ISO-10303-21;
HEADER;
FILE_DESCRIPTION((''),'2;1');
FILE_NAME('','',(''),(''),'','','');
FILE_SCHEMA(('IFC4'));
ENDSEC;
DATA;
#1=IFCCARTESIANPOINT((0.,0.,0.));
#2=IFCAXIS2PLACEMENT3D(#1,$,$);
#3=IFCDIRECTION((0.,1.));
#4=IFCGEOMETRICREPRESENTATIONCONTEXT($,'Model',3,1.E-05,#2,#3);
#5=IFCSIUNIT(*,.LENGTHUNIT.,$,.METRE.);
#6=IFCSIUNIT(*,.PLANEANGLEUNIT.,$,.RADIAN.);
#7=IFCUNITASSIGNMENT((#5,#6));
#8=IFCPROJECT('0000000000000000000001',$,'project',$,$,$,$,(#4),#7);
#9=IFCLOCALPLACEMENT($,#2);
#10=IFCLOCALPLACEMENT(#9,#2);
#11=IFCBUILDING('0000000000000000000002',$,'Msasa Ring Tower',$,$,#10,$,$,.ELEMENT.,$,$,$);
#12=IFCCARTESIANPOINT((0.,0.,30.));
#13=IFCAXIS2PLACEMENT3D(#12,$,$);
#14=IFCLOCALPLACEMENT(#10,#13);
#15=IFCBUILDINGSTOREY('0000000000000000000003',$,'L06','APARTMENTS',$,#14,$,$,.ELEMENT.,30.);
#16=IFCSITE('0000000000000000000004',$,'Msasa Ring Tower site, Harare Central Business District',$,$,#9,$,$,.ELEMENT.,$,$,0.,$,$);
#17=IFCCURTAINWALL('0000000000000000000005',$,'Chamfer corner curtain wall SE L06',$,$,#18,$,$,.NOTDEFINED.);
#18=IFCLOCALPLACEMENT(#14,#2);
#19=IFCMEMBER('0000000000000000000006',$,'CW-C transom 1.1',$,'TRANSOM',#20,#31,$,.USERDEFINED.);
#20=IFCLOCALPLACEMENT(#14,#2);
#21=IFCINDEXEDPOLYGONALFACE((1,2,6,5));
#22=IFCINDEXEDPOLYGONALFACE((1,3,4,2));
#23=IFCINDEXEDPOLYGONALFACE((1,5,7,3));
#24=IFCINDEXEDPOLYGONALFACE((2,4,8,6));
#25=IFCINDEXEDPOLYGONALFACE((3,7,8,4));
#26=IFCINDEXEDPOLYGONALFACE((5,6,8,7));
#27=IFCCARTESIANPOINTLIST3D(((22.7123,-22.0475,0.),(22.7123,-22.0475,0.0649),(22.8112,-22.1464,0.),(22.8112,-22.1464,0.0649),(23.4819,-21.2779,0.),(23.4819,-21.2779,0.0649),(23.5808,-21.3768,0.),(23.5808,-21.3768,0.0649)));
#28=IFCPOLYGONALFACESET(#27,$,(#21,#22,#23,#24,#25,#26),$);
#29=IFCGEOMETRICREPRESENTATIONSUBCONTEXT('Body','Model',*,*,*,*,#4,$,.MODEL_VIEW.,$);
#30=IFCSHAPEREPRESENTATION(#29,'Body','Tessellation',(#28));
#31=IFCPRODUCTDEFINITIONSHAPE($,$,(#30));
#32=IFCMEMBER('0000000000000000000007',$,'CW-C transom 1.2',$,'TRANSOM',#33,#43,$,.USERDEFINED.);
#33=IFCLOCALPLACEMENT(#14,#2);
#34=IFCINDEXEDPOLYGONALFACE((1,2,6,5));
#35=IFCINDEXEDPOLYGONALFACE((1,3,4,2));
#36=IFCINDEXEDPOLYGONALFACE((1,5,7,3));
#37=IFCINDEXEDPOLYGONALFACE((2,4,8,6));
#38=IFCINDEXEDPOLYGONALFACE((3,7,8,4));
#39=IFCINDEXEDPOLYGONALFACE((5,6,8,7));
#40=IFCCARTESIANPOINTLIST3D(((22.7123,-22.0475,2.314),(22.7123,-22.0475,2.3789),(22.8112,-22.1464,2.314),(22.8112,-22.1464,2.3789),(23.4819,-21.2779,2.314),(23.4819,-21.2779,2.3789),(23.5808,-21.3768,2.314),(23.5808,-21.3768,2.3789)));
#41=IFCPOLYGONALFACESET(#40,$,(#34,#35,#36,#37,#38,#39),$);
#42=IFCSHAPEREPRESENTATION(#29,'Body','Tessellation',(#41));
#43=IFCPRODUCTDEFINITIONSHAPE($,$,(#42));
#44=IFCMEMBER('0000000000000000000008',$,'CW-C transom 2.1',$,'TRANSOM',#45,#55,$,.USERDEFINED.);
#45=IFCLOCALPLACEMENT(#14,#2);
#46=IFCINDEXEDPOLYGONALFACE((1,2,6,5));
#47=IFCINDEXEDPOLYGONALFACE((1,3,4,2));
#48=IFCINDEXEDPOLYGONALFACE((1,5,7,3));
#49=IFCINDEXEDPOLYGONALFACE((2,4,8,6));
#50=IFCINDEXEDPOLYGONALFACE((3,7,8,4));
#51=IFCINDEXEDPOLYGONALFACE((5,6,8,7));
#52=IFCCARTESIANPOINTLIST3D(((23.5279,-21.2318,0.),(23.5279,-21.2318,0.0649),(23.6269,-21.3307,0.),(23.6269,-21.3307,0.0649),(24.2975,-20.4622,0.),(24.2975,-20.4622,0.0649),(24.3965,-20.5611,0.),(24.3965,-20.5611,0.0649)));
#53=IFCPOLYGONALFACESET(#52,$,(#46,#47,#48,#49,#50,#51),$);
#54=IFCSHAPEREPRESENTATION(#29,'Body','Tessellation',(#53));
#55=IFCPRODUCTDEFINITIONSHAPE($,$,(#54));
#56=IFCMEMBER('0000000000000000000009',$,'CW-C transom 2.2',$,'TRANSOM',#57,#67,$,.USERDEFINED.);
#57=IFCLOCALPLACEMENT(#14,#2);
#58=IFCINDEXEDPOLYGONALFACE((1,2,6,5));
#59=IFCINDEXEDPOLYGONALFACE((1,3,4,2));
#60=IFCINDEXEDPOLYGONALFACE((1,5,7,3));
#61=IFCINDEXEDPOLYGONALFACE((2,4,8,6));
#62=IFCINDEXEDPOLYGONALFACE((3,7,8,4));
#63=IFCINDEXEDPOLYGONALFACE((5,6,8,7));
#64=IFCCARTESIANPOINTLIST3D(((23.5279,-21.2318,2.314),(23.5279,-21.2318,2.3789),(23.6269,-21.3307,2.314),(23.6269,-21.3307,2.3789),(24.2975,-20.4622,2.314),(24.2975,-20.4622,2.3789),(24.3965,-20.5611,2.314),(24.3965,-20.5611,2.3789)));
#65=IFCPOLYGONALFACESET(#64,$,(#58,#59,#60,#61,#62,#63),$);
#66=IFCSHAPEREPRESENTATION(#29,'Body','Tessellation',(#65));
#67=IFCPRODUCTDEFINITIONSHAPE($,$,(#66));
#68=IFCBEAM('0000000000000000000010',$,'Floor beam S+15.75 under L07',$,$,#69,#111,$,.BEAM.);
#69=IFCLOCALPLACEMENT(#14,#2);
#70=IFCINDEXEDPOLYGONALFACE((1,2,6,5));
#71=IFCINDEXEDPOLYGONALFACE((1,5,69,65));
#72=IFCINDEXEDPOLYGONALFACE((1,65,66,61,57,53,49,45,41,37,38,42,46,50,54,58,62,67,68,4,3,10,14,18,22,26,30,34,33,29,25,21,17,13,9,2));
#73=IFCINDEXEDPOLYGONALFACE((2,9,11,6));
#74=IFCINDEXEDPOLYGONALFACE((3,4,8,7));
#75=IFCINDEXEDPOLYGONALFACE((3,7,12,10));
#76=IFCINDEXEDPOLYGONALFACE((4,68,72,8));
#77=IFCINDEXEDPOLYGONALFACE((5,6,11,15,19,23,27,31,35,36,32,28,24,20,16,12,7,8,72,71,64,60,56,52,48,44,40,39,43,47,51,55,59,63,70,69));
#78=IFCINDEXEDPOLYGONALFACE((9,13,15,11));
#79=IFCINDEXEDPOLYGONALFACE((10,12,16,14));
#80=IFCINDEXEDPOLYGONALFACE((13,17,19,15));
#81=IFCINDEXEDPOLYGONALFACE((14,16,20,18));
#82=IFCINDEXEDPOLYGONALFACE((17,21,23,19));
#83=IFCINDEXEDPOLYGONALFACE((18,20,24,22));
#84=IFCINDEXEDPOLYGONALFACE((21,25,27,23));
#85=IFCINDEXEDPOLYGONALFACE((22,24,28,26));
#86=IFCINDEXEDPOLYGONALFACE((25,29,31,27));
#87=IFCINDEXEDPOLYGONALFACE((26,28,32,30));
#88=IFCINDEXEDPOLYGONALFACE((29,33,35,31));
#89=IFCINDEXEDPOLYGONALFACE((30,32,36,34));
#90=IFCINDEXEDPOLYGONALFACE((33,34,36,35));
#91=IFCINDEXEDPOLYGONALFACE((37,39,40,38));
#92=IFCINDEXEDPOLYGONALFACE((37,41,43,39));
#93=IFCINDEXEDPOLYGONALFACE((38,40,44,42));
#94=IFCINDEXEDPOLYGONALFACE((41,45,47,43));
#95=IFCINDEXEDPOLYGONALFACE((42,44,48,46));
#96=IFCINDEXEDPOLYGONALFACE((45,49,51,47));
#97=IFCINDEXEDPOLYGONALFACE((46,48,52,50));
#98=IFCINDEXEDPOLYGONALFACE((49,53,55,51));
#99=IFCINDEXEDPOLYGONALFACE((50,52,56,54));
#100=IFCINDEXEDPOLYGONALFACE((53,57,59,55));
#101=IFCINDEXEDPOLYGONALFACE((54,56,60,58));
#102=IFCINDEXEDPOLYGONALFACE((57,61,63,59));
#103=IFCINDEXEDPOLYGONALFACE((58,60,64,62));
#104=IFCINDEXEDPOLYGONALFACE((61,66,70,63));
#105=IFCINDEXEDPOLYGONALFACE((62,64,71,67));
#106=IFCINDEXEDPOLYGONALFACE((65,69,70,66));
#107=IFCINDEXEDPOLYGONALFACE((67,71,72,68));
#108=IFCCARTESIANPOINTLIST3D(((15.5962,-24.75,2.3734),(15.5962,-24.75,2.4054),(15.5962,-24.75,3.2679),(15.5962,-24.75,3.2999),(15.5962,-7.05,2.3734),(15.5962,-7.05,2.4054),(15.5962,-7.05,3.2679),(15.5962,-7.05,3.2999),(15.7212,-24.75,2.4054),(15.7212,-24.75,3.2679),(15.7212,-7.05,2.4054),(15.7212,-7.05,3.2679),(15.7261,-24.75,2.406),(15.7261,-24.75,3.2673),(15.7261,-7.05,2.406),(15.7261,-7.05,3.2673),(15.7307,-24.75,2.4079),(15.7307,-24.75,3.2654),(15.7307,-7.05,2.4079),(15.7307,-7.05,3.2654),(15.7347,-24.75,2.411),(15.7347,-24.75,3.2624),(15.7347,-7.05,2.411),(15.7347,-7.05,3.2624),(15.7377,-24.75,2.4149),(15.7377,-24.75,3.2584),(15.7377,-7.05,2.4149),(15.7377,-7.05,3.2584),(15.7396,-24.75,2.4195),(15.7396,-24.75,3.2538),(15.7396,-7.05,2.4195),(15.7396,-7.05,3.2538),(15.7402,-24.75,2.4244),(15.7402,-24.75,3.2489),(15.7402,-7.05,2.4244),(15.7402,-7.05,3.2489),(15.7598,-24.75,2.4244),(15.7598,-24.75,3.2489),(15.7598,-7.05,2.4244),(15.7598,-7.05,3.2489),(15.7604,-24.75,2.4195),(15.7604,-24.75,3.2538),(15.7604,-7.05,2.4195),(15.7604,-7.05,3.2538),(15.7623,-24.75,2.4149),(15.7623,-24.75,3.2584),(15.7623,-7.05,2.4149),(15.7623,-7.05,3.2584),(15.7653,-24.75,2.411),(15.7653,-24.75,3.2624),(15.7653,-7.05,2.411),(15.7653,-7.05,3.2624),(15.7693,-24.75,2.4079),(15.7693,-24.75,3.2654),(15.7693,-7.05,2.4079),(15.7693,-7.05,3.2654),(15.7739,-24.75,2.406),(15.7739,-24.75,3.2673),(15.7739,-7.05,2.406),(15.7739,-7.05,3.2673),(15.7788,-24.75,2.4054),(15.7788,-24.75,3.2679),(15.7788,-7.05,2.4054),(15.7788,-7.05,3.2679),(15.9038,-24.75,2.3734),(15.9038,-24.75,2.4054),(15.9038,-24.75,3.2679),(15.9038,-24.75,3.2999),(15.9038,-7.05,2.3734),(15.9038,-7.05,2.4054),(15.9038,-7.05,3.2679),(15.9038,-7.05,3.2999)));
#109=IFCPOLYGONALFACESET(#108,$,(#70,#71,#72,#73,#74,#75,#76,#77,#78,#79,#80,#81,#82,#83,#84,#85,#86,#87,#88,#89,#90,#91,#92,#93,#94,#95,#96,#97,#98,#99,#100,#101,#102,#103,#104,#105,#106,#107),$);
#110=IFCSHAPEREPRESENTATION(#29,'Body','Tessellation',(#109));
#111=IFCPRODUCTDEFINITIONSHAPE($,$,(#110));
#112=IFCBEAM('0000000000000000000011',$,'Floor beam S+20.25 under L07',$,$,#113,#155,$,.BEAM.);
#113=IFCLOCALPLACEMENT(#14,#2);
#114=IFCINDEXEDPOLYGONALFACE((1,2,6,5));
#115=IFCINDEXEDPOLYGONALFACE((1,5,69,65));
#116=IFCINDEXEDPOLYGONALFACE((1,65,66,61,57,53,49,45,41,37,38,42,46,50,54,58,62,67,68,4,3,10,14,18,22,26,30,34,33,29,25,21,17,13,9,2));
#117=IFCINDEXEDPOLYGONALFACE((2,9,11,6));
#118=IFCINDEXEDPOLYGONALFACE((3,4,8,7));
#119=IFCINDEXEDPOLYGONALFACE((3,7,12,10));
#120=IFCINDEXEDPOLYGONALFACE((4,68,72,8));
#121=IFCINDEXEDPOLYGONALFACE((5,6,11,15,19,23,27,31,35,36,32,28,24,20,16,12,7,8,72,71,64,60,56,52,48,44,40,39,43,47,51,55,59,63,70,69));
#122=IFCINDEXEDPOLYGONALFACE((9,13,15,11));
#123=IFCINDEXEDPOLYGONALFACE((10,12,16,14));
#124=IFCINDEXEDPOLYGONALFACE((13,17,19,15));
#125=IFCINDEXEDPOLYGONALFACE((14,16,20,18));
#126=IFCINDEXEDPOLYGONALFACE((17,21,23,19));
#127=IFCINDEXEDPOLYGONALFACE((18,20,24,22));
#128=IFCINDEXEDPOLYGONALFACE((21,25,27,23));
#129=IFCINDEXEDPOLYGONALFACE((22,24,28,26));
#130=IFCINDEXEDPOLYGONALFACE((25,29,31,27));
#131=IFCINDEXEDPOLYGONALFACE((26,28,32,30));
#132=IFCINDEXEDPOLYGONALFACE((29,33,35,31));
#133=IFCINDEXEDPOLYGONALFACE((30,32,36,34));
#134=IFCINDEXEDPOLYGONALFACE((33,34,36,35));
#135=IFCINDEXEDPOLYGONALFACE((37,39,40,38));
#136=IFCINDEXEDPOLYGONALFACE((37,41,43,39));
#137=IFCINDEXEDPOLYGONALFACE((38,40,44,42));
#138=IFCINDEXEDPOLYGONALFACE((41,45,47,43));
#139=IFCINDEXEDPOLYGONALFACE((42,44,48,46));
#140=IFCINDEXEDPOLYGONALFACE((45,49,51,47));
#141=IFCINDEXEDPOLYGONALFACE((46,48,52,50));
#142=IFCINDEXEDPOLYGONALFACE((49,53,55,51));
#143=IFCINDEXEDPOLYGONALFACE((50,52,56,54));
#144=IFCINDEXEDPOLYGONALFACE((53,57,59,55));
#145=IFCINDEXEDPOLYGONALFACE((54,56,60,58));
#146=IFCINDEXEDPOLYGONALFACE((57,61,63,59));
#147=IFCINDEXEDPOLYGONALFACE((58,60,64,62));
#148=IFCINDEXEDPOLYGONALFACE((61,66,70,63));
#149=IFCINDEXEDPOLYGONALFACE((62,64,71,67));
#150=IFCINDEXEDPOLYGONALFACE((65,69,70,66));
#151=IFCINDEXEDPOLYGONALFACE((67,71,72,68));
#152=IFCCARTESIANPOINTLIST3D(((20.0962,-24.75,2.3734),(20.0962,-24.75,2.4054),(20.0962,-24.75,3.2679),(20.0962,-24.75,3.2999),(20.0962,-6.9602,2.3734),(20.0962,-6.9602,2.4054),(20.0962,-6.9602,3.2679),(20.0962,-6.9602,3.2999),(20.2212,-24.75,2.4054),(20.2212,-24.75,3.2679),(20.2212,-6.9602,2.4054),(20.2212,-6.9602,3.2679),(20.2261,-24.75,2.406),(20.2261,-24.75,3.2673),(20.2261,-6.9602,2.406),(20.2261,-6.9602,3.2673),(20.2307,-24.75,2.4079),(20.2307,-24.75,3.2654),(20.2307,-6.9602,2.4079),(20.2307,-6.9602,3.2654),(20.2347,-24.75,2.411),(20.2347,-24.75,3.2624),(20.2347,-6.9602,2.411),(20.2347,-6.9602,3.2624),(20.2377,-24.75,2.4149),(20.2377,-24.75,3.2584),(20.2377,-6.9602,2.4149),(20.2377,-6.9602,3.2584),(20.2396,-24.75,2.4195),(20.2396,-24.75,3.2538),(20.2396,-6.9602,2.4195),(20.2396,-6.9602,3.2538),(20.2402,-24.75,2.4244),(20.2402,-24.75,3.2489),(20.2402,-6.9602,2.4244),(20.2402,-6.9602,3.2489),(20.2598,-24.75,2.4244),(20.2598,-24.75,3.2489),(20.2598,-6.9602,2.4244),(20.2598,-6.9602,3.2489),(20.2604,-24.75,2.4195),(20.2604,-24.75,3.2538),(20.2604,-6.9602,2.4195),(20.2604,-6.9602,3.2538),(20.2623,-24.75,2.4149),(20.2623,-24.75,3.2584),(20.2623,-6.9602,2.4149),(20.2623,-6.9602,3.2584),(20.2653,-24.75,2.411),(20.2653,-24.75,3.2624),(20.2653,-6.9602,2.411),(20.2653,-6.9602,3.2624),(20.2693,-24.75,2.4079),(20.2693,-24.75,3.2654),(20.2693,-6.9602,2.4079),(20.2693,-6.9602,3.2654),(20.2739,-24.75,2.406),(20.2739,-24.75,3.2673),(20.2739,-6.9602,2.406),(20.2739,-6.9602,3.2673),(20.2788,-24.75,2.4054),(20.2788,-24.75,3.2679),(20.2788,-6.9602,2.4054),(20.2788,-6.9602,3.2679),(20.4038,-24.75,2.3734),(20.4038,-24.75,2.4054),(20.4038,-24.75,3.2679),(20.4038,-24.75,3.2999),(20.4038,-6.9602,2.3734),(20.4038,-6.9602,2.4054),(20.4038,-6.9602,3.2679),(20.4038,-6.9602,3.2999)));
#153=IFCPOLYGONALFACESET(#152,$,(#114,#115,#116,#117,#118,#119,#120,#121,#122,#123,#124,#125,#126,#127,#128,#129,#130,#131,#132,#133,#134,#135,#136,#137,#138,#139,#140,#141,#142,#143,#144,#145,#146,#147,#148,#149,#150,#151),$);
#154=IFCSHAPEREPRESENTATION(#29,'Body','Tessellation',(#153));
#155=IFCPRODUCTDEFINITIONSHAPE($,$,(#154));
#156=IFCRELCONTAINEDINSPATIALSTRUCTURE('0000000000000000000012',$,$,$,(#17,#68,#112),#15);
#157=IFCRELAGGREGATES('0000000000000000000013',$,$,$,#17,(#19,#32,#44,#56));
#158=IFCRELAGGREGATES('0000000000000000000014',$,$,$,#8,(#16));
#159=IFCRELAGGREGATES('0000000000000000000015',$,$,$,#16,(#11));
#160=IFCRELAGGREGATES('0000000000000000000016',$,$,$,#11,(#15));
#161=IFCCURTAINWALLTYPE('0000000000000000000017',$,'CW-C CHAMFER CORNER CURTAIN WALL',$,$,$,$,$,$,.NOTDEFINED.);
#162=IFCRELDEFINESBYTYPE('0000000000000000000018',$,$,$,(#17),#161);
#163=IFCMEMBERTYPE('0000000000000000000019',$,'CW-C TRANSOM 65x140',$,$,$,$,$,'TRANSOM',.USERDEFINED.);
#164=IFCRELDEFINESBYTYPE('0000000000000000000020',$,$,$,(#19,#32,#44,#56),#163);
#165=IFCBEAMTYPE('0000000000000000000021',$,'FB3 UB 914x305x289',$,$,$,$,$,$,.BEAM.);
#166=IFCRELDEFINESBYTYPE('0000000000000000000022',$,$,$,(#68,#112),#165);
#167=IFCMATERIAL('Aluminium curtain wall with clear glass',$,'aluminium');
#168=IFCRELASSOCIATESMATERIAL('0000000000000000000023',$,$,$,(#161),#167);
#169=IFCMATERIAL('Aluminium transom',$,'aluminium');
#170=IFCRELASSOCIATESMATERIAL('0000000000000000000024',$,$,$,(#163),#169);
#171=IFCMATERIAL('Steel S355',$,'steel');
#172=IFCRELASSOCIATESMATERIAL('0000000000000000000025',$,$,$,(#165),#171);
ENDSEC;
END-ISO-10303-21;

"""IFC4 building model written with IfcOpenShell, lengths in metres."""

from ifc_helpers import new_model, si_unit, direction, frame, origin, origin_2d, place, context, subcontext, project, spatial, rectangle, i_section, extrude, material, material_profile, profile_set, type_object, element, aggregate, save


model = new_model("IFC4")

# Units and contexts
model_context = context("Model", 3, precision=1e-05, world=origin(), true_north=direction((0.0, 1.0)))
body_context = subcontext(model_context, "Body", "Model", "MODEL_VIEW")
ifc_project = project(units=[si_unit("LENGTHUNIT", "METRE"), si_unit("PLANEANGLEUNIT", "RADIAN")], contexts=[model_context])

# Site, building, storey
site_placement = place(None, origin())
site = spatial("IfcSite", under=ifc_project, at=site_placement, Name="Msasa Ring Tower site, Harare Central Business District", CompositionType="ELEMENT", RefElevation=0.0)
building_placement = place(site_placement, origin())
building = spatial("IfcBuilding", under=site, at=building_placement, Name="Msasa Ring Tower", CompositionType="ELEMENT")
storey_placement = place(building_placement, frame((0.0, 0.0, 30.0)))
storey = spatial("IfcBuildingStorey", under=building, at=storey_placement, Name="L06", Description="APARTMENTS", CompositionType="ELEMENT", Elevation=30.0)

# Curtain wall
ifc_material_1 = material(Name="Aluminium curtain wall with clear glass", Category="aluminium")
curtain_wall_type = type_object("IfcCurtainWallType", Name="CW-C CHAMFER CORNER CURTAIN WALL", PredefinedType="NOTDEFINED", material=ifc_material_1)
curtain_wall_1_placement = place(storey_placement, origin())
curtain_wall_1 = element("IfcCurtainWall", 1, at=curtain_wall_1_placement, inside=storey, type_object=curtain_wall_type, Name="Chamfer corner curtain wall SE L06", PredefinedType="NOTDEFINED")

# Members
ifc_material_2 = material(Name="Aluminium transom", Category="aluminium")
ifc_material_profile_1 = material_profile(ifc_material_2, rectangle(XDim=0.1399, YDim=0.0649, at=origin_2d()), Name="AL 65x140")
ifc_profile_set_1 = profile_set([ifc_material_profile_1], Name="Aluminium transom")
member_type_1 = type_object("IfcMemberType", Name="CW-C TRANSOM 65x140", ElementType="TRANSOM", PredefinedType="USERDEFINED", material=ifc_profile_set_1)
member_1_placement = place(storey_placement, frame((22.7617, -22.0969, 0.0325), z_axis=(0.707107, 0.707107, 0.0), x_axis=(-0.707107, 0.707107, 0.0)))
member_1 = element("IfcMember", 2, at=member_1_placement, type_object=member_type_1, Name="CW-C transom 1.1", ObjectType="TRANSOM", PredefinedType="USERDEFINED", context=body_context, shape_type="SweptSolid", body=[
    extrude(rectangle(XDim=0.1399, YDim=0.0649, at=origin_2d()), origin(), (0.0, 0.0, 1.0), 1.0884),
])
member_2_placement = place(storey_placement, frame((22.7617, -22.0969, 2.3464), z_axis=(0.707107, 0.707107, 0.0), x_axis=(-0.707107, 0.707107, 0.0)))
member_2 = element("IfcMember", 3, at=member_2_placement, type_object=member_type_1, Name="CW-C transom 1.2", ObjectType="TRANSOM", PredefinedType="USERDEFINED", context=body_context, shape_type="SweptSolid", body=[
    extrude(rectangle(XDim=0.1399, YDim=0.0649, at=origin_2d()), origin(), (0.0, 0.0, 1.0), 1.0884),
])
member_3_placement = place(storey_placement, frame((23.5774, -21.2812, 0.0325), z_axis=(0.707107, 0.707107, 0.0), x_axis=(-0.707107, 0.707107, 0.0)))
member_3 = element("IfcMember", 4, at=member_3_placement, type_object=member_type_1, Name="CW-C transom 2.1", ObjectType="TRANSOM", PredefinedType="USERDEFINED", context=body_context, shape_type="SweptSolid", body=[
    extrude(rectangle(XDim=0.1399, YDim=0.0649, at=origin_2d()), origin(), (0.0, 0.0, 1.0), 1.0884),
])
member_4_placement = place(storey_placement, frame((23.5774, -21.2812, 2.3464), z_axis=(0.707107, 0.707107, 0.0), x_axis=(-0.707107, 0.707107, 0.0)))
member_4 = element("IfcMember", 5, at=member_4_placement, type_object=member_type_1, Name="CW-C transom 2.2", ObjectType="TRANSOM", PredefinedType="USERDEFINED", context=body_context, shape_type="SweptSolid", body=[
    extrude(rectangle(XDim=0.1399, YDim=0.0649, at=origin_2d()), origin(), (0.0, 0.0, 1.0), 1.0884),
])

# Beams
ifc_material_3 = material(Name="Steel S355", Category="steel")
ifc_material_profile_2 = material_profile(ifc_material_3, i_section(OverallWidth=0.3076, OverallDepth=0.9265, WebThickness=0.0195, FlangeThickness=0.032, FilletRadius=0.019, at=origin_2d()), Name="UB 914x305x289")
ifc_profile_set_2 = profile_set([ifc_material_profile_2], Name="Steel S355")
beam_type_1 = type_object("IfcBeamType", Name="FB3 UB 914x305x289", PredefinedType="BEAM", material=ifc_profile_set_2)
beam_1_placement = place(storey_placement, frame((15.75, -24.75, 2.8367), z_axis=(0.0, 1.0, 0.0), x_axis=(-1.0, 0.0, 0.0)))
element("IfcBeam", 6, at=beam_1_placement, inside=storey, type_object=beam_type_1, Name="Floor beam S+15.75 under L07", PredefinedType="BEAM", context=body_context, shape_type="SweptSolid", body=[
    extrude(i_section(OverallWidth=0.3076, OverallDepth=0.9265, WebThickness=0.0195, FlangeThickness=0.032, FilletRadius=0.019, at=origin_2d()), origin(), (0.0, 0.0, 1.0), 17.7),
])
beam_2_placement = place(storey_placement, frame((20.25, -24.75, 2.8367), z_axis=(0.0, 1.0, 0.0), x_axis=(-1.0, 0.0, 0.0)))
element("IfcBeam", 7, at=beam_2_placement, inside=storey, type_object=beam_type_1, Name="Floor beam S+20.25 under L07", PredefinedType="BEAM", context=body_context, shape_type="SweptSolid", body=[
    extrude(i_section(OverallWidth=0.3076, OverallDepth=0.9265, WebThickness=0.0195, FlangeThickness=0.032, FilletRadius=0.019, at=origin_2d()), origin(), (0.0, 0.0, 1.0), 17.7898),
])

aggregate(curtain_wall_1, [member_1, member_2, member_3, member_4])

save(model, "model.ifc")
